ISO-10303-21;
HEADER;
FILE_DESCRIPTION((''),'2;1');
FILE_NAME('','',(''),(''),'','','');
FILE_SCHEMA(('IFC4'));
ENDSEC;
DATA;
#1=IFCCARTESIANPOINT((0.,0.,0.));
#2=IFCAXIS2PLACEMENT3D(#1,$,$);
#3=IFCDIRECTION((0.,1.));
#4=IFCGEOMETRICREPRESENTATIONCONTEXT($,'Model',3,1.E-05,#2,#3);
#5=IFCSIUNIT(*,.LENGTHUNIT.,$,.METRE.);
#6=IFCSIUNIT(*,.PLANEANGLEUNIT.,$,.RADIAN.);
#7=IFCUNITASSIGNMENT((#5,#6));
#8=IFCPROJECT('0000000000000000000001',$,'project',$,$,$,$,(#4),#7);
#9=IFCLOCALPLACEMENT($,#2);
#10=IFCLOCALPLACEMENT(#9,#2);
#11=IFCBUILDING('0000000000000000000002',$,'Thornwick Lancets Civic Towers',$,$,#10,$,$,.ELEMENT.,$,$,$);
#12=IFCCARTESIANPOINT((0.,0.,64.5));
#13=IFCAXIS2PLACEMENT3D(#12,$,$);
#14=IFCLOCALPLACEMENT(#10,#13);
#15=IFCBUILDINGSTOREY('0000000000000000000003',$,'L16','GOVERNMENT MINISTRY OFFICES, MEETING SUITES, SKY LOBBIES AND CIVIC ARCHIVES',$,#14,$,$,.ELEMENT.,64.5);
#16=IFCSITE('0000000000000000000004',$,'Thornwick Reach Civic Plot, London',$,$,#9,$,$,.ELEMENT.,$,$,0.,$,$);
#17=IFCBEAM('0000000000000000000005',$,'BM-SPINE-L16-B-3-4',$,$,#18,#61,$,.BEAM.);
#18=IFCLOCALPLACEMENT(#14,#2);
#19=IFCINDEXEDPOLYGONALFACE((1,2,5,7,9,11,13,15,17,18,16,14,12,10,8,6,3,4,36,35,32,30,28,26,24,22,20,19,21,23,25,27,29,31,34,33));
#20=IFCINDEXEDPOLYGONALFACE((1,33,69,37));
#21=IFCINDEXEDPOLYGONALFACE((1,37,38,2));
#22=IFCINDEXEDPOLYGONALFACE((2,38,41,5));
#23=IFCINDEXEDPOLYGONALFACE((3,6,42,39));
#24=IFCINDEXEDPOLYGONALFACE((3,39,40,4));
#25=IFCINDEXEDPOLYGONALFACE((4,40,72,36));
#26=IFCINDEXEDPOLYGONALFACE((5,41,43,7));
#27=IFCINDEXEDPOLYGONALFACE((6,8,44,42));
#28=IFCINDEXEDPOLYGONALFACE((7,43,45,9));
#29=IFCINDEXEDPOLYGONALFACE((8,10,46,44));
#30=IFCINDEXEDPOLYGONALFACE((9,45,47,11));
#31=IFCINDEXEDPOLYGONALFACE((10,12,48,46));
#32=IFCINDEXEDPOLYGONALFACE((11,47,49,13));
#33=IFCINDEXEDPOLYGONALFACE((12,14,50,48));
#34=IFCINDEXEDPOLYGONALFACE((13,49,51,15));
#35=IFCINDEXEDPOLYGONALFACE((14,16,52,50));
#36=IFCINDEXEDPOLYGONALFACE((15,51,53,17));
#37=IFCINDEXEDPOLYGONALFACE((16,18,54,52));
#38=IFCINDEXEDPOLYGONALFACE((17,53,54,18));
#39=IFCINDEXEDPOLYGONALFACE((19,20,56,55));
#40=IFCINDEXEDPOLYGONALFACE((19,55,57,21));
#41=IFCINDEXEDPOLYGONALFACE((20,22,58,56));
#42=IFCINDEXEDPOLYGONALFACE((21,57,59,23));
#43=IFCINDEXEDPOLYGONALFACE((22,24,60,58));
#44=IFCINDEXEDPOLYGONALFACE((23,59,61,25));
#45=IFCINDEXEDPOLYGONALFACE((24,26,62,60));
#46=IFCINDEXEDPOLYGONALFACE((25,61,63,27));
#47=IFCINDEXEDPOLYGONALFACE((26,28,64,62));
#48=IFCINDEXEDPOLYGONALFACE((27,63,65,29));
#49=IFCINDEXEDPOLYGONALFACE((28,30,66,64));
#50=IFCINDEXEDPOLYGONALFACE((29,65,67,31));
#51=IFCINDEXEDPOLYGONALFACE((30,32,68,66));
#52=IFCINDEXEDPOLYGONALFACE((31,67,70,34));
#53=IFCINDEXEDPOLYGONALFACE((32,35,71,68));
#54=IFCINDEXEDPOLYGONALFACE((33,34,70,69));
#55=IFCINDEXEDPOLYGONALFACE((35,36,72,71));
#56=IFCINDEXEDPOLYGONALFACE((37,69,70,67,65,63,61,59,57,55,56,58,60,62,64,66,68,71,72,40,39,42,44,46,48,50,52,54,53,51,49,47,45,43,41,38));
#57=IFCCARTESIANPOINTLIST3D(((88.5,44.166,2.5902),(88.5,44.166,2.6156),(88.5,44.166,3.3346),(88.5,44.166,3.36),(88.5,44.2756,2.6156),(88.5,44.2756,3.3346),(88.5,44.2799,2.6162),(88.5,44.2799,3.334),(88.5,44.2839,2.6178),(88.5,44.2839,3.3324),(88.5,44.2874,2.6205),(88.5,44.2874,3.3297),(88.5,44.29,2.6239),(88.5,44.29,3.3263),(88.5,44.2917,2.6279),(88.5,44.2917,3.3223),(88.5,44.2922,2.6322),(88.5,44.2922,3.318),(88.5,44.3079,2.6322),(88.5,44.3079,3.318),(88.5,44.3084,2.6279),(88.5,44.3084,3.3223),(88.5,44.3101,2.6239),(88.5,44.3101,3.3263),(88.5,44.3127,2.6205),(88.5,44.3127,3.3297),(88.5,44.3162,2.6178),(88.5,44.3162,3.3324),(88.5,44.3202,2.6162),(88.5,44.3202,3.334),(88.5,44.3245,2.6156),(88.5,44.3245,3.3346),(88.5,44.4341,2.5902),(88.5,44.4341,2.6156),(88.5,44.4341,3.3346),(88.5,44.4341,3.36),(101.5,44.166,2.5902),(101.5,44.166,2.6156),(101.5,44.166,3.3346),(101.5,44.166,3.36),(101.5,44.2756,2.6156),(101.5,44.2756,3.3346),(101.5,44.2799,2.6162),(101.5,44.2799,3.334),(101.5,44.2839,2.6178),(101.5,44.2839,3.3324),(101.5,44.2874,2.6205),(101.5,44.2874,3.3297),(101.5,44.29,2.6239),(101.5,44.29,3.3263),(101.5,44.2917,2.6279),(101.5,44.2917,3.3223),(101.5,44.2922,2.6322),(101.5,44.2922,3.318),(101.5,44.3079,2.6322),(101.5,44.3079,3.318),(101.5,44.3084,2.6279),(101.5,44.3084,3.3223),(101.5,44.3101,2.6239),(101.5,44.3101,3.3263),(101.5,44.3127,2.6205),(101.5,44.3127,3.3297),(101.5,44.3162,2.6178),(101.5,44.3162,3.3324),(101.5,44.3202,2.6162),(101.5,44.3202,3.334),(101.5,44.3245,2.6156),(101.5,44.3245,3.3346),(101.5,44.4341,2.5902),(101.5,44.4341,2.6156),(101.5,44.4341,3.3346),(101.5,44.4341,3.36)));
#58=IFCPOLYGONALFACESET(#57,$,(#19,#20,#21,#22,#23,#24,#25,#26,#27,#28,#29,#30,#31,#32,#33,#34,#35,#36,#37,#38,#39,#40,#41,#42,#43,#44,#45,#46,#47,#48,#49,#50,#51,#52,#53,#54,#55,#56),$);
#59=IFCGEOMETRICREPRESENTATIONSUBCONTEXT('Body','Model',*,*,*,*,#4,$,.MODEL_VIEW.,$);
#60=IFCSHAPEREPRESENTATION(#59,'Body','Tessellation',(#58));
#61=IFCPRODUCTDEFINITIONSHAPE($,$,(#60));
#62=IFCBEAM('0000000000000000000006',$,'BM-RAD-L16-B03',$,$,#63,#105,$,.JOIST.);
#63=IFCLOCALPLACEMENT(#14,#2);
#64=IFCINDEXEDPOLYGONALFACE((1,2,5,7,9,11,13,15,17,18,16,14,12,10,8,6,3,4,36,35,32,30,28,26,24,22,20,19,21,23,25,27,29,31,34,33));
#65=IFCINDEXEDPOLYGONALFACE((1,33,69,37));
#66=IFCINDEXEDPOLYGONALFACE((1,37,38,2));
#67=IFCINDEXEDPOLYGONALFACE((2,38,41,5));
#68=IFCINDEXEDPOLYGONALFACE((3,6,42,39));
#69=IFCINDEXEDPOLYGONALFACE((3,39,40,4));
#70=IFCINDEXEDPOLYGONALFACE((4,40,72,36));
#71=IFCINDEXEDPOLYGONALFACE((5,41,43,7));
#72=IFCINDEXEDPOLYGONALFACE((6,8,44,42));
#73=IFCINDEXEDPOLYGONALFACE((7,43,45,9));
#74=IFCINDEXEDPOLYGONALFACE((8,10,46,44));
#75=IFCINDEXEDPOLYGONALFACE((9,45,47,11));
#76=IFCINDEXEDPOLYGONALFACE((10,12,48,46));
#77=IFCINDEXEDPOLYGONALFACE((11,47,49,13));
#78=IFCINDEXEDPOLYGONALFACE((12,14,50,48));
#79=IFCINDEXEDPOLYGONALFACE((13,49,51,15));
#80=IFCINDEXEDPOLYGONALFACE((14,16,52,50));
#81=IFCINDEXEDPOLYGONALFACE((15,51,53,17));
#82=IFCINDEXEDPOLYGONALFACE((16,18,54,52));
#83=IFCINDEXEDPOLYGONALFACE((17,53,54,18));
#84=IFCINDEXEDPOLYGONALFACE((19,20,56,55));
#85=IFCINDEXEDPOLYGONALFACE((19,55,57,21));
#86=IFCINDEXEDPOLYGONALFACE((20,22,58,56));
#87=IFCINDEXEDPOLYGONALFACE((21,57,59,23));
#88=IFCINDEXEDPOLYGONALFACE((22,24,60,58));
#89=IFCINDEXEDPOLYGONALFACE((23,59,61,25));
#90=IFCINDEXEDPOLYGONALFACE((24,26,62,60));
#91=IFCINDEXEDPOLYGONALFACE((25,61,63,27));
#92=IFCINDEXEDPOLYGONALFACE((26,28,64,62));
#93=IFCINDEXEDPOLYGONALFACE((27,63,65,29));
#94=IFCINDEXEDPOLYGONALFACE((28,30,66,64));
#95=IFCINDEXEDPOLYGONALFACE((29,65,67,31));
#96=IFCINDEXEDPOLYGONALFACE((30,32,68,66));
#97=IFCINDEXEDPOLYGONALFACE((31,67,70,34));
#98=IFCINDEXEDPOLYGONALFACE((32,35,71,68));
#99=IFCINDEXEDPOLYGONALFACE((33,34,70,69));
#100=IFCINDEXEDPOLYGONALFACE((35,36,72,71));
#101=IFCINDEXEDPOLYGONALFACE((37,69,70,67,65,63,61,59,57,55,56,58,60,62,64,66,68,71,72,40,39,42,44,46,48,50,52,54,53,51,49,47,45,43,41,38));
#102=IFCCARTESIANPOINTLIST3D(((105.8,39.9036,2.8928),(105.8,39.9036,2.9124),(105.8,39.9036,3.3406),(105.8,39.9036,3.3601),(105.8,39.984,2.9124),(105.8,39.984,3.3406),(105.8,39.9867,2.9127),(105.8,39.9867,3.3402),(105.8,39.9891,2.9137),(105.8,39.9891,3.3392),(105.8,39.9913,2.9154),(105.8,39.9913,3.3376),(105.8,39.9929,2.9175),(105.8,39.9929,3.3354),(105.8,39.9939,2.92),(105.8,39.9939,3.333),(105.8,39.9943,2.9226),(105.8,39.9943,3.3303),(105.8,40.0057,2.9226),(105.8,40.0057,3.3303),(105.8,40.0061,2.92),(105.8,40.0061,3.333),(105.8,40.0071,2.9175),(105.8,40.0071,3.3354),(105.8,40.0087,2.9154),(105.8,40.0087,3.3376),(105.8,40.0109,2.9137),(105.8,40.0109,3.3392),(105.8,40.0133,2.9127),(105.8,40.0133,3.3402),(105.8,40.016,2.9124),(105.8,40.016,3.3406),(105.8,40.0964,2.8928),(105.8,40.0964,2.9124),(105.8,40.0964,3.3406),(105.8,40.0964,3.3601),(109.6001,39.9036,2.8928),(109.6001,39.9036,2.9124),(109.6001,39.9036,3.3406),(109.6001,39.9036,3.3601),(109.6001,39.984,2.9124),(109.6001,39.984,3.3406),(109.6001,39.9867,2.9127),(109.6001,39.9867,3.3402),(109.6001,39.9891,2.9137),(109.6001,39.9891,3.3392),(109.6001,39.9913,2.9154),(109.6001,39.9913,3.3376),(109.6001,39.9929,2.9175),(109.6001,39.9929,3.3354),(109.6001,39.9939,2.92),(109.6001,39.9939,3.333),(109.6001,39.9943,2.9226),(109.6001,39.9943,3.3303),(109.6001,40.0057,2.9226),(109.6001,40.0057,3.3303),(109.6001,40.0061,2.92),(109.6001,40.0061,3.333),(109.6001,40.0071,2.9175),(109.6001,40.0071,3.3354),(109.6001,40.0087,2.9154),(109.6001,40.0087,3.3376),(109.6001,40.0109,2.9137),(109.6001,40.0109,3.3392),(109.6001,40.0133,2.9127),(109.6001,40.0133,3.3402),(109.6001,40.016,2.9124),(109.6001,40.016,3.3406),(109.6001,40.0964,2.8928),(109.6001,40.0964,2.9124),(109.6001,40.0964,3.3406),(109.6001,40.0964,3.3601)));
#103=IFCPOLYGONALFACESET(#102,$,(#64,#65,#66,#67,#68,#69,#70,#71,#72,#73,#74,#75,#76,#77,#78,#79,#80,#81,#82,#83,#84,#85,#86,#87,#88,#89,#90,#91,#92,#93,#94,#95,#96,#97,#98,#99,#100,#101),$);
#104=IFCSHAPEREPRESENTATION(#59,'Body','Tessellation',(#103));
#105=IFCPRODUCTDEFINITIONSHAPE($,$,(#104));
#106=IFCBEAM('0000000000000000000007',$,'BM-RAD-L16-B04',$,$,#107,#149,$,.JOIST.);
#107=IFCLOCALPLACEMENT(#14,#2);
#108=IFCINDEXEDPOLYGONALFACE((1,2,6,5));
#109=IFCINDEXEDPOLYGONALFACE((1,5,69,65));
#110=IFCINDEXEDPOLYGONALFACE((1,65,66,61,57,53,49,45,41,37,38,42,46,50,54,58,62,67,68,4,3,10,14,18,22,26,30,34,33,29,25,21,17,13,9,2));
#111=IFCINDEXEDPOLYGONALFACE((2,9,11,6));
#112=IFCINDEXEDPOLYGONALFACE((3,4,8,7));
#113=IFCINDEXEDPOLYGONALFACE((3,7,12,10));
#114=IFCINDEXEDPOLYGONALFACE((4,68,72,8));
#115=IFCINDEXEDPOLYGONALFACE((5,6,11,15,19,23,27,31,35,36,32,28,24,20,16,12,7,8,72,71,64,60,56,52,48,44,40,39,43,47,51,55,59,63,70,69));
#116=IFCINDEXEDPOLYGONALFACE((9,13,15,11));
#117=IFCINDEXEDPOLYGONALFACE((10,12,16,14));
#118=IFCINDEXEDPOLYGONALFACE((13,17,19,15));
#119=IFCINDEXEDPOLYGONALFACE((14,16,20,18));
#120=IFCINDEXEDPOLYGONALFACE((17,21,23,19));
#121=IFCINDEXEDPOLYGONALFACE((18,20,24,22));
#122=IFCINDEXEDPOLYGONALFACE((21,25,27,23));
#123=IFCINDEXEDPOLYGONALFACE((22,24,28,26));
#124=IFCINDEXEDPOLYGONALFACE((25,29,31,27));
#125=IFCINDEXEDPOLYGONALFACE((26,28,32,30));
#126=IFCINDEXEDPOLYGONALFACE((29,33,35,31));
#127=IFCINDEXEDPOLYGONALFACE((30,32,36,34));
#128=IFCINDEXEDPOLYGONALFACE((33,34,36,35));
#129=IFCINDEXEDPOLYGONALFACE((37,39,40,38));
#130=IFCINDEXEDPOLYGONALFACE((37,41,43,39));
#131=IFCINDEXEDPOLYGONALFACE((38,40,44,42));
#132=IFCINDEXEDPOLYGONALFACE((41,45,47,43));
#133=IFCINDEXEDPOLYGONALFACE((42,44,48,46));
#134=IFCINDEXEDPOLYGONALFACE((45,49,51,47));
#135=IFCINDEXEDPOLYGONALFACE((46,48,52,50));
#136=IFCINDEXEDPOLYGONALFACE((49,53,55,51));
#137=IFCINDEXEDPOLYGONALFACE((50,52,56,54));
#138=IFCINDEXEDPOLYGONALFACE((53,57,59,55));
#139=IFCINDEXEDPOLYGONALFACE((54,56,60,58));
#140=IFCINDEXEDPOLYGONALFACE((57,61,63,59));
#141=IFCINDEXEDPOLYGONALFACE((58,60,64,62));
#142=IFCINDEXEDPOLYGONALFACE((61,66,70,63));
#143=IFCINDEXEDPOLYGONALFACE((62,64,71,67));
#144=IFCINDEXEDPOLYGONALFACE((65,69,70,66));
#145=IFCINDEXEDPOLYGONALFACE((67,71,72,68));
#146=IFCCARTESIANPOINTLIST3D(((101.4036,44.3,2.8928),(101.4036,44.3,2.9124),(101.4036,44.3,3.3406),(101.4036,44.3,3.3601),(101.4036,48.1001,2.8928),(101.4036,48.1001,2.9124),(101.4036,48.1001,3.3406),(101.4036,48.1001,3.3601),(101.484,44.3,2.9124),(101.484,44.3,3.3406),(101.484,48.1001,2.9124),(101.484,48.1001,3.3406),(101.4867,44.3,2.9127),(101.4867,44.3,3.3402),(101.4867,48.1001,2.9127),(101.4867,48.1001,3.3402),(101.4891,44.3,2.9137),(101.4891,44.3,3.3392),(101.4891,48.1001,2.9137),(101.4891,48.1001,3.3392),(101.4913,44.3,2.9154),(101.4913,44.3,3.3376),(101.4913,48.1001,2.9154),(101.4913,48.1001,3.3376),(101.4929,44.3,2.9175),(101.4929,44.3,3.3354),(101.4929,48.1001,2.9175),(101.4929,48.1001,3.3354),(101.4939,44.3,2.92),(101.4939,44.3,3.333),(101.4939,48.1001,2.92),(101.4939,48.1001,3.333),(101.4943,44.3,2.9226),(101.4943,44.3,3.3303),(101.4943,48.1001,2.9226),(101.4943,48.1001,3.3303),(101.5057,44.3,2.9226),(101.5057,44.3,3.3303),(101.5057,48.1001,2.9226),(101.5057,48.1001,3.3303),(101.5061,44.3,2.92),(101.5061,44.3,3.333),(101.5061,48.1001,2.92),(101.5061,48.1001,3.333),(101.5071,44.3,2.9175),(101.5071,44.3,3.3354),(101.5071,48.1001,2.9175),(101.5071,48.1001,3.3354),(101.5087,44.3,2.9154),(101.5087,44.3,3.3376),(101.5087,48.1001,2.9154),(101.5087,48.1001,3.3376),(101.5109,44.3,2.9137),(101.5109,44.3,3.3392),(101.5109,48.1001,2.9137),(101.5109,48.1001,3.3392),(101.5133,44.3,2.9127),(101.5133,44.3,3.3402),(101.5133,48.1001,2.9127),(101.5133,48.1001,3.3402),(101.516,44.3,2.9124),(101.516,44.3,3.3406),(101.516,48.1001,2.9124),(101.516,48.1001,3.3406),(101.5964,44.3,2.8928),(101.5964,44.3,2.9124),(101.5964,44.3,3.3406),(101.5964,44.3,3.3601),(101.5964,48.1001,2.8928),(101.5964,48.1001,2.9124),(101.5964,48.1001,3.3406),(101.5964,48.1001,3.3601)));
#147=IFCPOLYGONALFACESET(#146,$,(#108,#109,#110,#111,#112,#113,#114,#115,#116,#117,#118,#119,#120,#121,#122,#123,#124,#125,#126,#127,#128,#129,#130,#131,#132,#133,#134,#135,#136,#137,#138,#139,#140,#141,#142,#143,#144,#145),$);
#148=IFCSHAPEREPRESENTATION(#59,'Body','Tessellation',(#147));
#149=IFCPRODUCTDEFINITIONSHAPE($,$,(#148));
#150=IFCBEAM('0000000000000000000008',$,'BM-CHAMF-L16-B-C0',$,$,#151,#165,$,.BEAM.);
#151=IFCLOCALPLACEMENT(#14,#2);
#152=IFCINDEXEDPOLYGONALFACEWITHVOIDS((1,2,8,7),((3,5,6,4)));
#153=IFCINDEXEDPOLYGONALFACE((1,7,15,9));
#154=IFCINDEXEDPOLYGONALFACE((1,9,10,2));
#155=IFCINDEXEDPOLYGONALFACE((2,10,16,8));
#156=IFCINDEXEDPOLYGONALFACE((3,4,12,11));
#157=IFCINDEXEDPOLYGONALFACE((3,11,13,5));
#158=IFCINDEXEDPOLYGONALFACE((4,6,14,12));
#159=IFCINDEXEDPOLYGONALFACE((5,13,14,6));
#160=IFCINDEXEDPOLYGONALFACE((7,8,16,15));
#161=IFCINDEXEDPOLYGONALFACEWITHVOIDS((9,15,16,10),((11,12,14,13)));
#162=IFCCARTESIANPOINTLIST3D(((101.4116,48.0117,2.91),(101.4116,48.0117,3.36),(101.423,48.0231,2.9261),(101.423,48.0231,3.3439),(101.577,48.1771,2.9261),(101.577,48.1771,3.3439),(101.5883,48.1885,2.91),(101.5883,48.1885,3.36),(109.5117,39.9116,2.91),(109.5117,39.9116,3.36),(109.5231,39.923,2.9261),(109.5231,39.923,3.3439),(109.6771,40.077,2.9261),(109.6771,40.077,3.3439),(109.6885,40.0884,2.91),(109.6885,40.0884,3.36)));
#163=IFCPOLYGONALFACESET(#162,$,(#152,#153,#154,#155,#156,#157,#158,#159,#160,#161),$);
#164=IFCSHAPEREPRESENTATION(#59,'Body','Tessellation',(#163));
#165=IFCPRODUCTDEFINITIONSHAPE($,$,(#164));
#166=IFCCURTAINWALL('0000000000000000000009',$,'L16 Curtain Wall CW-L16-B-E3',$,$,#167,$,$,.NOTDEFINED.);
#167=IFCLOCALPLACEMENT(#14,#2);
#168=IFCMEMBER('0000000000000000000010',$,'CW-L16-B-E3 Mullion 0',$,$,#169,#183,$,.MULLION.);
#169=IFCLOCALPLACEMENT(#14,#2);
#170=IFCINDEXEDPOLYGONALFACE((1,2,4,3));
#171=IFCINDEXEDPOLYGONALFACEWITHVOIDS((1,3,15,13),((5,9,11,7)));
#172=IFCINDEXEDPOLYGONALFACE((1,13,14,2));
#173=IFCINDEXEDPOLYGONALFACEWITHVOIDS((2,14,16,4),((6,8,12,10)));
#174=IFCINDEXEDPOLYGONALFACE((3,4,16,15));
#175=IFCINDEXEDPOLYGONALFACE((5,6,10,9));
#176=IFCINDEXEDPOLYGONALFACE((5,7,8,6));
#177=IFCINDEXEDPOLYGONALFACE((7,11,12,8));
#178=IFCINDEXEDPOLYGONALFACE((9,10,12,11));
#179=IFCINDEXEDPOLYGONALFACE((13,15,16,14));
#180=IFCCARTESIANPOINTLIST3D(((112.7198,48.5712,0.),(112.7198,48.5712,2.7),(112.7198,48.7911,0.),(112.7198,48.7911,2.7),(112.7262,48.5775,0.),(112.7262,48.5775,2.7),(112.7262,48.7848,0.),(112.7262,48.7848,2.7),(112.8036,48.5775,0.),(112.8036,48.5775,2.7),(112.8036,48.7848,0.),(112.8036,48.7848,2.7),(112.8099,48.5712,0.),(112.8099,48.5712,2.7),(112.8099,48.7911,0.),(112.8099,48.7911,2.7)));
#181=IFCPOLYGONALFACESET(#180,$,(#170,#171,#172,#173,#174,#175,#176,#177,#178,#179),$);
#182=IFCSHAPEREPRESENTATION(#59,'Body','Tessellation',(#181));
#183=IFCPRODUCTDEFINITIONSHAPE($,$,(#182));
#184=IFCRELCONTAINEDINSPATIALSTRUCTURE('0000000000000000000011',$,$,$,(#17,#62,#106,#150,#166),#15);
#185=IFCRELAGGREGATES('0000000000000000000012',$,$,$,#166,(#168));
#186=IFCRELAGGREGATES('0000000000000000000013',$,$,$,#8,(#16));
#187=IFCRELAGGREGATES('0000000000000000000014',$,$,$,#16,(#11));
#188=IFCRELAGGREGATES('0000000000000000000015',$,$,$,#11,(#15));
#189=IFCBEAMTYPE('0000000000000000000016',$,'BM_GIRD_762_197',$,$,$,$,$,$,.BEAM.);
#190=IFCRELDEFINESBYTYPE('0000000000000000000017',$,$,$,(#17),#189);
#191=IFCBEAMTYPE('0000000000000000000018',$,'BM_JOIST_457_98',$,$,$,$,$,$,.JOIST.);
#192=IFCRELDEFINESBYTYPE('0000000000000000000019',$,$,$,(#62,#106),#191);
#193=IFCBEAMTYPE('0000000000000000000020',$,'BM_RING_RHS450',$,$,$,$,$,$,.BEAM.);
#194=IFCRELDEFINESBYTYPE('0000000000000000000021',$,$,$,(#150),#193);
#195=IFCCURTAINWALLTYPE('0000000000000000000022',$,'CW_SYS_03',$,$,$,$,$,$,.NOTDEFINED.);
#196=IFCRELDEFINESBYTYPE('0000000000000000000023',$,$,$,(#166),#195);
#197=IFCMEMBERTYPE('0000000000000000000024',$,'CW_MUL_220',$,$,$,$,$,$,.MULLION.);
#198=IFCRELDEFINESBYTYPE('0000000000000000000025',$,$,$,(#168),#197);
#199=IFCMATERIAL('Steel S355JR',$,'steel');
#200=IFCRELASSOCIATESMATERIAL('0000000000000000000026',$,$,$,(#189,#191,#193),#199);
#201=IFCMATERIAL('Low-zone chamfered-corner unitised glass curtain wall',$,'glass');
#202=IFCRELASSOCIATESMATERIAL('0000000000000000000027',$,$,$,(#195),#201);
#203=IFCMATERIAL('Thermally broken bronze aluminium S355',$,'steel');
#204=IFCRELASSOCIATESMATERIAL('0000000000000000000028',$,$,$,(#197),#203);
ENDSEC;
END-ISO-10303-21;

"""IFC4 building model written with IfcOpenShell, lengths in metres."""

from ifc_helpers import new_model, si_unit, direction, frame, origin, origin_2d, place, context, subcontext, project, spatial, hollow_rectangle, i_section, extrude, material, material_profile, profile_set, type_object, element, aggregate, save


model = new_model("IFC4")

# Units and contexts
model_context = context("Model", 3, precision=1e-05, world=origin(), true_north=direction((0.0, 1.0)))
body_context = subcontext(model_context, "Body", "Model", "MODEL_VIEW")
ifc_project = project(units=[si_unit("LENGTHUNIT", "METRE"), si_unit("PLANEANGLEUNIT", "RADIAN")], contexts=[model_context])

# Site, building, storey
site_placement = place(None, origin())
site = spatial("IfcSite", under=ifc_project, at=site_placement, Name="Thornwick Reach Civic Plot, London", CompositionType="ELEMENT", RefElevation=0.0)
building_placement = place(site_placement, origin())
building = spatial("IfcBuilding", under=site, at=building_placement, Name="Thornwick Lancets Civic Towers", CompositionType="ELEMENT")
storey_placement = place(building_placement, frame((0.0, 0.0, 64.5)))
storey = spatial("IfcBuildingStorey", under=building, at=storey_placement, Name="L16", Description="GOVERNMENT MINISTRY OFFICES, MEETING SUITES, SKY LOBBIES AND CIVIC ARCHIVES", CompositionType="ELEMENT", Elevation=64.5)

# Beams
ifc_material_1 = material(Name="Steel S355JR", Category="steel")
ifc_material_profile_1 = material_profile(ifc_material_1, i_section(OverallWidth=0.2681, OverallDepth=0.7698, WebThickness=0.0156, FlangeThickness=0.0254, FilletRadius=0.0166, at=origin_2d()), Name="UKB 762x267x197")
ifc_profile_set_1 = profile_set([ifc_material_profile_1], Name="Steel S355JR")
beam_type_1 = type_object("IfcBeamType", Name="BM_GIRD_762_197", PredefinedType="BEAM", material=ifc_profile_set_1)
beam_1_placement = place(storey_placement, frame((101.5, 44.3, 2.9751), z_axis=(-1.0, 0.0, 0.0), x_axis=(0.0, -1.0, 0.0)))
element("IfcBeam", 1, at=beam_1_placement, inside=storey, type_object=beam_type_1, Name="BM-SPINE-L16-B-3-4", PredefinedType="BEAM", context=body_context, shape_type="SweptSolid", body=[
    extrude(i_section(OverallWidth=0.2681, OverallDepth=0.7698, WebThickness=0.0156, FlangeThickness=0.0254, FilletRadius=0.0166, at=origin_2d()), origin(), (0.0, 0.0, 1.0), 13.0),
])
ifc_material_profile_2 = material_profile(ifc_material_1, i_section(OverallWidth=0.1929, OverallDepth=0.4673, WebThickness=0.0115, FlangeThickness=0.0195, FilletRadius=0.0103, at=origin_2d()), Name="UKB 457x191x98")
ifc_profile_set_2 = profile_set([ifc_material_profile_2], Name="Steel S355JR")
beam_type_2 = type_object("IfcBeamType", Name="BM_JOIST_457_98", PredefinedType="JOIST", material=ifc_profile_set_2)
for number, where, z_axis, x_axis, name in (
    (2, (105.8, 40.0, 3.1265), (1.0, 0.0, 0.0), (0.0, 1.0, 0.0), "BM-RAD-L16-B03"),
    (3, (101.5, 44.3, 3.1265), (0.0, 1.0, 0.0), (-1.0, 0.0, 0.0), "BM-RAD-L16-B04"),
):
    element("IfcBeam", number, at=place(storey_placement, frame(where, z_axis=z_axis, x_axis=x_axis)), inside=storey, type_object=beam_type_2, Name=name, PredefinedType="JOIST", context=body_context, shape_type="SweptSolid", body=[
        extrude(i_section(OverallWidth=0.1929, OverallDepth=0.4673, WebThickness=0.0115, FlangeThickness=0.0195, FilletRadius=0.0103, at=origin_2d()), origin(), (0.0, 0.0, 1.0), 3.8),
    ])
ifc_material_profile_3 = material_profile(ifc_material_1, hollow_rectangle(XDim=0.25, YDim=0.45, WallThickness=0.0161, at=origin_2d()), Name="RHS 450x250x16")
ifc_profile_set_3 = profile_set([ifc_material_profile_3], Name="Steel S355JR")
beam_type_3 = type_object("IfcBeamType", Name="BM_RING_RHS450", PredefinedType="BEAM", material=ifc_profile_set_3)
beam_2_placement = place(storey_placement, frame((109.6001, 40.0, 3.135), z_axis=(-0.707107, 0.707107, 0.0), x_axis=(-0.707107, -0.707107, 0.0)))
element("IfcBeam", 4, at=beam_2_placement, inside=storey, type_object=beam_type_3, Name="BM-CHAMF-L16-B-C0", PredefinedType="BEAM", context=body_context, shape_type="SweptSolid", body=[
    extrude(hollow_rectangle(XDim=0.25, YDim=0.45, WallThickness=0.0161, at=origin_2d()), origin(), (0.0, 0.0, 1.0), 11.4553),
])

# Curtain wall, member
ifc_material_2 = material(Name="Low-zone chamfered-corner unitised glass curtain wall", Category="glass")
curtain_wall_type = type_object("IfcCurtainWallType", Name="CW_SYS_03", PredefinedType="NOTDEFINED", material=ifc_material_2)
curtain_wall_placement = place(storey_placement, origin())
curtain_wall = element("IfcCurtainWall", 5, at=curtain_wall_placement, inside=storey, type_object=curtain_wall_type, Name="L16 Curtain Wall CW-L16-B-E3", PredefinedType="NOTDEFINED")
ifc_material_3 = material(Name="Thermally broken bronze aluminium S355", Category="steel")
ifc_material_profile_4 = material_profile(ifc_material_3, hollow_rectangle(XDim=0.0901, YDim=0.22, WallThickness=0.0063, at=origin_2d()), Name="RHS 220x90x6.3")
ifc_profile_set_4 = profile_set([ifc_material_profile_4], Name="Thermally broken bronze aluminium S355")
member_type_1 = type_object("IfcMemberType", Name="CW_MUL_220", PredefinedType="MULLION", material=ifc_profile_set_4)
member_1_placement = place(storey_placement, frame((112.7649, 48.6812, 0.0), z_axis=(0.0, 0.0, 1.0), x_axis=(1.0, 0.0, 0.0)))
member_1 = element("IfcMember", 6, at=member_1_placement, type_object=member_type_1, Name="CW-L16-B-E3 Mullion 0", PredefinedType="MULLION", context=body_context, shape_type="SweptSolid", body=[
    extrude(hollow_rectangle(XDim=0.0901, YDim=0.22, WallThickness=0.0063, at=origin_2d()), origin(), (0.0, 0.0, 1.0), 2.7),
])
aggregate(curtain_wall, [member_1])

save(model, "model.ifc")
